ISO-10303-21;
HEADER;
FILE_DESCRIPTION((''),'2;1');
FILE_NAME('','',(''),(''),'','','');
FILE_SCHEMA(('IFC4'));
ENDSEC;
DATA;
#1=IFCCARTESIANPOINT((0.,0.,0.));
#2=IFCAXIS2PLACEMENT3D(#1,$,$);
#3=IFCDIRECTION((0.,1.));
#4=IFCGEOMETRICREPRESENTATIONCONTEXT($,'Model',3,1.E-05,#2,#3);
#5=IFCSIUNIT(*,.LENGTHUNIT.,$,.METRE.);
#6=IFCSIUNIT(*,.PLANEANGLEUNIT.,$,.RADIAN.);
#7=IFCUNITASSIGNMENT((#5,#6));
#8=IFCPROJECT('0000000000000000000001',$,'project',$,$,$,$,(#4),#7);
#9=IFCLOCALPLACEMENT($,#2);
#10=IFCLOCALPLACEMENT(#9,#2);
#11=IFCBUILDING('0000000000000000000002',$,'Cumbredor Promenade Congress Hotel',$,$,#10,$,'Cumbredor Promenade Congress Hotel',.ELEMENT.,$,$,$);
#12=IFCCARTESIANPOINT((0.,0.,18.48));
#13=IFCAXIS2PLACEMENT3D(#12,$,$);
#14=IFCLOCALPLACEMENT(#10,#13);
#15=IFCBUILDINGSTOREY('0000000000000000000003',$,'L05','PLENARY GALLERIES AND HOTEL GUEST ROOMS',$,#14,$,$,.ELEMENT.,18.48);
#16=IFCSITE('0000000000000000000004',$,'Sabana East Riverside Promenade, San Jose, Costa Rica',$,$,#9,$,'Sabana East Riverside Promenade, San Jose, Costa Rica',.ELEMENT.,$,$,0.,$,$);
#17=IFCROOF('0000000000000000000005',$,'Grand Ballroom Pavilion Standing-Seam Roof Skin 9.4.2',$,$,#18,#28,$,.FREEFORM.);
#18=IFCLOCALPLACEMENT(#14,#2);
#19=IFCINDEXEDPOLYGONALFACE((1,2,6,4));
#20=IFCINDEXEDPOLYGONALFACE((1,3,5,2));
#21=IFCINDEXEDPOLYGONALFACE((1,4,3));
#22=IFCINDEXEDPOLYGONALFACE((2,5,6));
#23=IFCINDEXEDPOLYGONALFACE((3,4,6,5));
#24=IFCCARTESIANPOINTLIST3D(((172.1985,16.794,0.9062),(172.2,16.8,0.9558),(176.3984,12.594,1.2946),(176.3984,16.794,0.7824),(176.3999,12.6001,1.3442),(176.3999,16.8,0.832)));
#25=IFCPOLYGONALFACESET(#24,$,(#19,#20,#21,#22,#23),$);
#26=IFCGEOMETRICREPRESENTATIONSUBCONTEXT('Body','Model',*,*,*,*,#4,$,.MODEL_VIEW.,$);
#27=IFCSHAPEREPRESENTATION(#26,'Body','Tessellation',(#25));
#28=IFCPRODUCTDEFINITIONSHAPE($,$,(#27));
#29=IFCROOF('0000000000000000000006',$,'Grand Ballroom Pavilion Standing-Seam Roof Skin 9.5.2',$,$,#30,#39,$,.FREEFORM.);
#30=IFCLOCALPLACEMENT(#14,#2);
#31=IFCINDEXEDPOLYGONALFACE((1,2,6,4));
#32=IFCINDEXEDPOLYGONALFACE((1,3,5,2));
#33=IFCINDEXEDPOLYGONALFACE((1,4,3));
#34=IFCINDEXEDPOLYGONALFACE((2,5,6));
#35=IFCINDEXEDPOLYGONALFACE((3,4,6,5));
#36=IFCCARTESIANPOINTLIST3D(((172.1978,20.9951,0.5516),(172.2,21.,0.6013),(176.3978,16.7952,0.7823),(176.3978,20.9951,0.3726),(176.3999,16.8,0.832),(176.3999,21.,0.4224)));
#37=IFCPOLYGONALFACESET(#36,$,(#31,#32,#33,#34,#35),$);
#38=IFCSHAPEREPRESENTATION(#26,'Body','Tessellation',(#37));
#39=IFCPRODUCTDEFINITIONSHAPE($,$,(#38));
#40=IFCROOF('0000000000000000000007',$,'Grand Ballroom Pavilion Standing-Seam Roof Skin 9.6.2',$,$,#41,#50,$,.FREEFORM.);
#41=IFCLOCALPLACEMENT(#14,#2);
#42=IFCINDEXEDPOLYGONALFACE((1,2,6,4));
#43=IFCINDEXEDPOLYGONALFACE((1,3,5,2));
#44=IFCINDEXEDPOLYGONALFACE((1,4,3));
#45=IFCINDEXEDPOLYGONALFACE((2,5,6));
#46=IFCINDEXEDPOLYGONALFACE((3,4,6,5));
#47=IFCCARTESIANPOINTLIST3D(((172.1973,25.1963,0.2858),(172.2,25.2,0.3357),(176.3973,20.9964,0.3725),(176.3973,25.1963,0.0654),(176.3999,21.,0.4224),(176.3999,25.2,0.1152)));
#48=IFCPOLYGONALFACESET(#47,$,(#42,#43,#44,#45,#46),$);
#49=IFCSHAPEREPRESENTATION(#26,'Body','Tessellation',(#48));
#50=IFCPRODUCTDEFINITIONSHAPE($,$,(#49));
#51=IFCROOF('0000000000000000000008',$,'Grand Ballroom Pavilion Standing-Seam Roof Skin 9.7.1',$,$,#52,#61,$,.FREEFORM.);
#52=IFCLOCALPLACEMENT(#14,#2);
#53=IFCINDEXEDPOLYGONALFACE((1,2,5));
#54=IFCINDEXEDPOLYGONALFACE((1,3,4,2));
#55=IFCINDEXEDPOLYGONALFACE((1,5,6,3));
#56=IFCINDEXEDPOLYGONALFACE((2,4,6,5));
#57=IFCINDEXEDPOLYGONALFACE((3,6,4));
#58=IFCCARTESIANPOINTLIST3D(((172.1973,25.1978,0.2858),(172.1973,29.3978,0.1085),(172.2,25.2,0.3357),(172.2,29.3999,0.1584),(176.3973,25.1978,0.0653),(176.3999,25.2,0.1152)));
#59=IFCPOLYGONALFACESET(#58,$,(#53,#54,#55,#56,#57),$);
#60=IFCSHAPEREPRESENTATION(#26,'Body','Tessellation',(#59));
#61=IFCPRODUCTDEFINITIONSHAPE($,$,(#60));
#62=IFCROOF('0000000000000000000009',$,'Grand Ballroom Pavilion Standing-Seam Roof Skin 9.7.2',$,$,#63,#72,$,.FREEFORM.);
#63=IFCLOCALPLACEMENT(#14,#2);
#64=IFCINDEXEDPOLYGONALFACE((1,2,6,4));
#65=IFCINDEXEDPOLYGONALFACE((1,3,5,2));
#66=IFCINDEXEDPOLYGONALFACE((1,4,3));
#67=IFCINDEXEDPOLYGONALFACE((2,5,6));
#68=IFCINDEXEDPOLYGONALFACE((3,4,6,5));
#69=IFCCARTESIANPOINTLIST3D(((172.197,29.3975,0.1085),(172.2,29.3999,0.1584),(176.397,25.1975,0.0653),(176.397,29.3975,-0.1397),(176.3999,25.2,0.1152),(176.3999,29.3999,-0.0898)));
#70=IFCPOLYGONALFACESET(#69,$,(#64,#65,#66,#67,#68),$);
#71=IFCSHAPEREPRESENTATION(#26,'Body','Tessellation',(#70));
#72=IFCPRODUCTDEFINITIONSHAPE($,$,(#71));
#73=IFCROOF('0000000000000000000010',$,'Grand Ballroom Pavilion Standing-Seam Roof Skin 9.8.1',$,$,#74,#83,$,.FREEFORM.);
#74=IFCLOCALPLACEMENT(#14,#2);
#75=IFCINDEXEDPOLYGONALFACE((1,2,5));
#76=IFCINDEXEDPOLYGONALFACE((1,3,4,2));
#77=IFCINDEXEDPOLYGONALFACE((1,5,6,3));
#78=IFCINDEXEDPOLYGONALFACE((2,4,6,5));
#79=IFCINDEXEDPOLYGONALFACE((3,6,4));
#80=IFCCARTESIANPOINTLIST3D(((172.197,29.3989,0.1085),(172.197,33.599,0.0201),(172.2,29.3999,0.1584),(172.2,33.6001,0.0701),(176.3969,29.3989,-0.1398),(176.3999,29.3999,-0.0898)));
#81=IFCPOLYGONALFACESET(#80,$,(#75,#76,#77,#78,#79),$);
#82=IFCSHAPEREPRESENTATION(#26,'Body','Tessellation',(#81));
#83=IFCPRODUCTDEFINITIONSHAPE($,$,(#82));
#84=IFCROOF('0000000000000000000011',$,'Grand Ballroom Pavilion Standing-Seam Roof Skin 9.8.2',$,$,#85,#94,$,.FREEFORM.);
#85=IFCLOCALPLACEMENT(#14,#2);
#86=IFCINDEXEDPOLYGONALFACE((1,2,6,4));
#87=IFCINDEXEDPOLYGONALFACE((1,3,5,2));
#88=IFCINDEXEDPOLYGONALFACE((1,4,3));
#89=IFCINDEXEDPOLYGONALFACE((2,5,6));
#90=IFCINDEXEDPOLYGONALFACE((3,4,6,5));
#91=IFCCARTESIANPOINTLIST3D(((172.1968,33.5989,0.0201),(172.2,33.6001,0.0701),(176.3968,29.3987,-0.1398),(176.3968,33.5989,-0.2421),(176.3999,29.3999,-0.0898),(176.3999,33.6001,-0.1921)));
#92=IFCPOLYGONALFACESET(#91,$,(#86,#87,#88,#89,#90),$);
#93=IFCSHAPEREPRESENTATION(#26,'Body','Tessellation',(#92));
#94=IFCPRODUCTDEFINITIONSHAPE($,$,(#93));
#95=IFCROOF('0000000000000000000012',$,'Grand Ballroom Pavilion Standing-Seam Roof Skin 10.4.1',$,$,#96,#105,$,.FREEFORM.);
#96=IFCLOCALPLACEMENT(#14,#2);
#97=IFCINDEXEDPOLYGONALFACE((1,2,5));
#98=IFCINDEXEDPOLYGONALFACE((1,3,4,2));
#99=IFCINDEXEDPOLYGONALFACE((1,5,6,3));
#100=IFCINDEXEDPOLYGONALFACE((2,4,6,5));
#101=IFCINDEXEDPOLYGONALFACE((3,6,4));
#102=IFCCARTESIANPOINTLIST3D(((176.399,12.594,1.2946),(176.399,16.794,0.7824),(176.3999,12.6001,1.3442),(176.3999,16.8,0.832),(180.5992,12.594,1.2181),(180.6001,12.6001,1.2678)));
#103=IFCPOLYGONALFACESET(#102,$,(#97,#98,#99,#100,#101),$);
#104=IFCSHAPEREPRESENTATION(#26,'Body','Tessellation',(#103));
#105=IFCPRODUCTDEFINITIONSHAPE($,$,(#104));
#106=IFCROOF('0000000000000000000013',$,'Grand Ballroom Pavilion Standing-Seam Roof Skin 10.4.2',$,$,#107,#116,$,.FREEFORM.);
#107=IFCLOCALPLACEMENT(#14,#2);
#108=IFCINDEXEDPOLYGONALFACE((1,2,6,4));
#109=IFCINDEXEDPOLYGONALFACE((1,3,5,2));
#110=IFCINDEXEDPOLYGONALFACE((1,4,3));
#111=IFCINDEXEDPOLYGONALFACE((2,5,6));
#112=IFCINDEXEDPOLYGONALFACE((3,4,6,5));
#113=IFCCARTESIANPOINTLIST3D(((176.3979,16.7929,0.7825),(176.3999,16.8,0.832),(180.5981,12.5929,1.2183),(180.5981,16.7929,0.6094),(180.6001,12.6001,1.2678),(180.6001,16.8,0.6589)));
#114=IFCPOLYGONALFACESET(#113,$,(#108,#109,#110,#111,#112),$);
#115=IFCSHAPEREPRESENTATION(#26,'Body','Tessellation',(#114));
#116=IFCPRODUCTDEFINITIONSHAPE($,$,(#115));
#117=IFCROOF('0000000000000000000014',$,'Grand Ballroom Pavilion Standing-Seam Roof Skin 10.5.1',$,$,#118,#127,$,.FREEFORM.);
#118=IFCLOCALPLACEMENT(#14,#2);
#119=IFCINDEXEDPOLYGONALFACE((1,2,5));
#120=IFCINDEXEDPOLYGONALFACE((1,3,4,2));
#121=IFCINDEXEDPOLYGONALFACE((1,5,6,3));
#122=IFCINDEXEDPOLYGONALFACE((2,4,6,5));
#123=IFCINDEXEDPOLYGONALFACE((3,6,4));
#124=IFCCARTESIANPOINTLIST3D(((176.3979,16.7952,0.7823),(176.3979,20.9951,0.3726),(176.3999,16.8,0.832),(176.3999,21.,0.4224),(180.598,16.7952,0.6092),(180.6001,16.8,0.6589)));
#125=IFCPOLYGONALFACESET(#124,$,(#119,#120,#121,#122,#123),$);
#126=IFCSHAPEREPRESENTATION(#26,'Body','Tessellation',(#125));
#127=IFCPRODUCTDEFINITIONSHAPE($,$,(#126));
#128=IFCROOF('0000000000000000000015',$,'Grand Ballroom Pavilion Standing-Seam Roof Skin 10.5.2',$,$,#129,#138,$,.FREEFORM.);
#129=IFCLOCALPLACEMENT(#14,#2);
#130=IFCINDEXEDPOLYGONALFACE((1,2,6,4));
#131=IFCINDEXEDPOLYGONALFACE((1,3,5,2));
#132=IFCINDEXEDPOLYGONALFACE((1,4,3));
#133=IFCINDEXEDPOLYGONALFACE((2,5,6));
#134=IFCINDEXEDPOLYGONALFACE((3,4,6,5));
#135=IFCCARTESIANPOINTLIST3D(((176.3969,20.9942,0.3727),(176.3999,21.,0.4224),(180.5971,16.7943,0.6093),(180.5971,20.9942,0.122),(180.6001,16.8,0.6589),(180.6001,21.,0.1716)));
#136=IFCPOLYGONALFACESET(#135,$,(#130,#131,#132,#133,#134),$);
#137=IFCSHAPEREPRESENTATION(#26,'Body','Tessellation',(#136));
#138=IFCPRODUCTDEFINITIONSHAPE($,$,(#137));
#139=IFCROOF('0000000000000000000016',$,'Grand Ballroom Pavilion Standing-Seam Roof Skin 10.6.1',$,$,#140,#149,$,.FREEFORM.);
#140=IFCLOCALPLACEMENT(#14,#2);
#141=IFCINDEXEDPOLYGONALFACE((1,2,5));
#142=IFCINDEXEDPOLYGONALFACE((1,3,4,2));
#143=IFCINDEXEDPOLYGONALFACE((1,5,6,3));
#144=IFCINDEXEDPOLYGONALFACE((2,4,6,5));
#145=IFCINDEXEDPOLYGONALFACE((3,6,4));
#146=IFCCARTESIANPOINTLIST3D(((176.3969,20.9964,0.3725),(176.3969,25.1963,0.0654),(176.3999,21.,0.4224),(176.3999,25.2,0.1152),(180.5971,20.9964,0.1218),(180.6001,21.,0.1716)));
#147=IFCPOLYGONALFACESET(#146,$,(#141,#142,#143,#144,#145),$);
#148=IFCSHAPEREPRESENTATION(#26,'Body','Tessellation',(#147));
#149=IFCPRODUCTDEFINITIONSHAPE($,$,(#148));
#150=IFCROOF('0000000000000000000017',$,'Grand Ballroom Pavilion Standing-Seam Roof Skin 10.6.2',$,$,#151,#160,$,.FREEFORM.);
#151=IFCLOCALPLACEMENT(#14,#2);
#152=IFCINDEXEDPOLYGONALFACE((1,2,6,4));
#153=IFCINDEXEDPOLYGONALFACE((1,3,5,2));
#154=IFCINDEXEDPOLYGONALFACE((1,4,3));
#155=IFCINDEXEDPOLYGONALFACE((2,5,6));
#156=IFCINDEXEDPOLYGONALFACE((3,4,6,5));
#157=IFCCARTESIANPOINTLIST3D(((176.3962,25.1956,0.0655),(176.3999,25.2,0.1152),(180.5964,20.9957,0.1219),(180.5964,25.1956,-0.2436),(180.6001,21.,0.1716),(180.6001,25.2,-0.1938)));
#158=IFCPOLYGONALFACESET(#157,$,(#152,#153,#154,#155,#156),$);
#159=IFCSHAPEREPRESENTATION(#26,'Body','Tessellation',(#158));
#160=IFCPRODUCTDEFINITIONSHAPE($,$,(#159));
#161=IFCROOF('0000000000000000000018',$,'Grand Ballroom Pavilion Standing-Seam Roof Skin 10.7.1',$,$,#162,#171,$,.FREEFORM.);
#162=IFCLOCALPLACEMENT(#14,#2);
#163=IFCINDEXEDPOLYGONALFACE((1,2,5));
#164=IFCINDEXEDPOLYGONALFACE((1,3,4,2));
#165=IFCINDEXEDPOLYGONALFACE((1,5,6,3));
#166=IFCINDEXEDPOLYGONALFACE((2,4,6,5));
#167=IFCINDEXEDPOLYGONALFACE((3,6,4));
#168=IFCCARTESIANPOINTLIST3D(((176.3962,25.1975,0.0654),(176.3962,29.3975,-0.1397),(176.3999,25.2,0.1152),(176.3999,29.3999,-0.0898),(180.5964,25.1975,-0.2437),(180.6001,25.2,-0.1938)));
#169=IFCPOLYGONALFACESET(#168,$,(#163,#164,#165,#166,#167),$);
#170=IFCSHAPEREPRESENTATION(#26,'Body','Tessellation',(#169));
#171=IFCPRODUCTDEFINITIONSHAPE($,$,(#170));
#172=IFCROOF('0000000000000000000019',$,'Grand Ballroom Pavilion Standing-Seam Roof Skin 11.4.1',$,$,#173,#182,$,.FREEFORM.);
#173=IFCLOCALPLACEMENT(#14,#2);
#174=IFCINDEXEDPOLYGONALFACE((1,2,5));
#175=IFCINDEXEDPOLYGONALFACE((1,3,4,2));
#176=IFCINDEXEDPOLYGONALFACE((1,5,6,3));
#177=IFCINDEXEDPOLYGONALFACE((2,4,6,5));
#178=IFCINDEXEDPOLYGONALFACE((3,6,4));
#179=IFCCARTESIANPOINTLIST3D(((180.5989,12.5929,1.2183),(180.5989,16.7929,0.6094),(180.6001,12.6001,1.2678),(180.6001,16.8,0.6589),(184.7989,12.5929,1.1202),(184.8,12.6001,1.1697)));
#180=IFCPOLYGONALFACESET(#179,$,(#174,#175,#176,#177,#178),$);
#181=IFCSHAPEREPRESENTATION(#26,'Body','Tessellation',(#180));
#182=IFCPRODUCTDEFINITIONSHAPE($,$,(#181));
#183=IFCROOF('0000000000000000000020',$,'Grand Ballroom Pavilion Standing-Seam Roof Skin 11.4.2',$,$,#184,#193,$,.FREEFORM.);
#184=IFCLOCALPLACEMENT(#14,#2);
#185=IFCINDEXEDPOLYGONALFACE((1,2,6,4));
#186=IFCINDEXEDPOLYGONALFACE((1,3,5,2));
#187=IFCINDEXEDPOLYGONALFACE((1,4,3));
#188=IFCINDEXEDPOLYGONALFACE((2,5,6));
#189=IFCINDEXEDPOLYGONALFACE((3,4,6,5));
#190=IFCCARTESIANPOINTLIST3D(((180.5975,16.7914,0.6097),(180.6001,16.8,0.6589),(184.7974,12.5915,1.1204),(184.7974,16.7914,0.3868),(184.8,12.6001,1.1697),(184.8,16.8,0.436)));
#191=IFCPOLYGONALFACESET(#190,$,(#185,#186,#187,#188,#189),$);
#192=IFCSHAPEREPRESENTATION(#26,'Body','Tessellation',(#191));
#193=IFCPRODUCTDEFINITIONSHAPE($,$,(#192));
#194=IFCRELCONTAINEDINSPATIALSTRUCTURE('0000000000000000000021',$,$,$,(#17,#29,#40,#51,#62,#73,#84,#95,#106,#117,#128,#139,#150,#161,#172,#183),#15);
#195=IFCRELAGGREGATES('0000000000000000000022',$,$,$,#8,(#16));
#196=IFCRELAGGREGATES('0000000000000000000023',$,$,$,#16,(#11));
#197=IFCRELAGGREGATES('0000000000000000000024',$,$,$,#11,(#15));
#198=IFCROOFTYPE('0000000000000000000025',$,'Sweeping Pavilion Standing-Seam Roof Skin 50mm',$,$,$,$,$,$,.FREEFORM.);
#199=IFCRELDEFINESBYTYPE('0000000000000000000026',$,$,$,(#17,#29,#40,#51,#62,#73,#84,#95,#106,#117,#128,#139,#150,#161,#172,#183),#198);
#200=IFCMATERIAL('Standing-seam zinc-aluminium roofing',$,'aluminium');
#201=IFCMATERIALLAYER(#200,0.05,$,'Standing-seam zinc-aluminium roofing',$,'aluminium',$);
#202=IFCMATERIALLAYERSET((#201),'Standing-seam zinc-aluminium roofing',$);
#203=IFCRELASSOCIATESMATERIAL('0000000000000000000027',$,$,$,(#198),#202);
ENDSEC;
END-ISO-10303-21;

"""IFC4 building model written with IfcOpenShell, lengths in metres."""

from ifc_helpers import new_model, si_unit, direction, frame, origin, place, context, subcontext, project, spatial, polyline, outline, extrude, material, layer, layer_set, type_object, element, save


model = new_model("IFC4")

# Units and contexts
model_context = context("Model", 3, precision=1e-05, world=origin(), true_north=direction((0.0, 1.0)))
body_context = subcontext(model_context, "Body", "Model", "MODEL_VIEW")
ifc_project = project(units=[si_unit("LENGTHUNIT", "METRE"), si_unit("PLANEANGLEUNIT", "RADIAN")], contexts=[model_context])

# Site, building, storey
site_placement = place(None, origin())
site = spatial("IfcSite", under=ifc_project, at=site_placement, Name="Sabana East Riverside Promenade, San Jose, Costa Rica", LongName="Sabana East Riverside Promenade, San Jose, Costa Rica", CompositionType="ELEMENT", RefElevation=0.0)
building_placement = place(site_placement, origin())
building = spatial("IfcBuilding", under=site, at=building_placement, Name="Cumbredor Promenade Congress Hotel", LongName="Cumbredor Promenade Congress Hotel", CompositionType="ELEMENT")
storey_placement = place(building_placement, frame((0.0, 0.0, 18.48)))
storey = spatial("IfcBuildingStorey", under=building, at=storey_placement, Name="L05", Description="PLENARY GALLERIES AND HOTEL GUEST ROOMS", CompositionType="ELEMENT", Elevation=18.48)

# Roofs
ifc_material_1 = material(Name="Standing-seam zinc-aluminium roofing", Category="aluminium")
ifc_layer_1 = layer(ifc_material_1, 0.05, Name="Standing-seam zinc-aluminium roofing", Category="aluminium")
ifc_layer_set_1 = layer_set([ifc_layer_1], Name="Standing-seam zinc-aluminium roofing")
roof_type = type_object("IfcRoofType", Name="Sweeping Pavilion Standing-Seam Roof Skin 50mm", PredefinedType="FREEFORM", material=ifc_layer_set_1)
roof_1_placement = place(storey_placement, frame((176.3999, 12.6001, 1.3442), z_axis=(0.029242, 0.121007, 0.992221), x_axis=(0.0, 0.992645, -0.121059)))
element("IfcRoof", 1, at=roof_1_placement, inside=storey, type_object=roof_type, Name="Grand Ballroom Pavilion Standing-Seam Roof Skin 9.4.2", PredefinedType="FREEFORM", context=body_context, shape_type="SweptSolid", body=[
    extrude(outline(polyline([(0.0, 0.0), (4.2311, 0.0), (4.2161, 4.2017), (0.0, 0.0)])), origin(), (0.0, 0.0, -1.0), 0.05),
])
roof_2_placement = place(storey_placement, frame((176.3999, 16.8, 0.832), z_axis=(0.04237, 0.096993, 0.994383), x_axis=(0.0, 0.995277, -0.09708)))
element("IfcRoof", 2, at=roof_2_placement, inside=storey, type_object=roof_type, Name="Grand Ballroom Pavilion Standing-Seam Roof Skin 9.5.2", PredefinedType="FREEFORM", context=body_context, shape_type="SweptSolid", body=[
    extrude(outline(polyline([(0.0, 0.0), (4.2199, 0.0), (4.2025, 4.2037), (0.0, 0.0)])), origin(), (0.0, 0.0, -1.0), 0.05),
])
roof_3_placement = place(storey_placement, frame((176.3999, 21.0, 0.4224), z_axis=(0.052279, 0.072832, 0.995973), x_axis=(0.0, 0.997337, -0.072932)))
element("IfcRoof", 3, at=roof_3_placement, inside=storey, type_object=roof_type, Name="Grand Ballroom Pavilion Standing-Seam Roof Skin 9.6.2", PredefinedType="FREEFORM", context=body_context, shape_type="SweptSolid", body=[
    extrude(outline(polyline([(0.0, 0.0), (4.2112, 0.0), (4.1951, 4.2057), (0.0, 0.0)])), origin(), (0.0, 0.0, -1.0), 0.05),
])
roof_4_placement = place(storey_placement, frame((172.2, 25.2, 0.3357), z_axis=(0.052372, 0.042107, 0.99774), x_axis=(0.998625, 0.0, -0.052419)))
element("IfcRoof", 4, at=roof_4_placement, inside=storey, type_object=roof_type, Name="Grand Ballroom Pavilion Standing-Seam Roof Skin 9.7.1", PredefinedType="FREEFORM", context=body_context, shape_type="SweptSolid", body=[
    extrude(outline(polyline([(0.0, 0.0), (4.2057, 0.0), (0.0093, 4.2037), (0.0, 0.0)])), origin(), (0.0, 0.0, -1.0), 0.05),
])
roof_5_placement = place(storey_placement, frame((176.3999, 25.2, 0.1152), z_axis=(0.058945, 0.048686, 0.997073), x_axis=(0.0, 0.99881, -0.048771)))
element("IfcRoof", 5, at=roof_5_placement, inside=storey, type_object=roof_type, Name="Grand Ballroom Pavilion Standing-Seam Roof Skin 9.7.2", PredefinedType="FREEFORM", context=body_context, shape_type="SweptSolid", body=[
    extrude(outline(polyline([(0.0, 0.0), (4.205, 0.0), (4.1928, 4.2073), (0.0, 0.0)])), origin(), (0.0, 0.0, -1.0), 0.05),
])
roof_6_placement = place(storey_placement, frame((172.2, 29.3999, 0.1584), z_axis=(0.059002, 0.021, 0.998037), x_axis=(0.998257, 0.0, -0.059015)))
element("IfcRoof", 6, at=roof_6_placement, inside=storey, type_object=roof_type, Name="Grand Ballroom Pavilion Standing-Seam Roof Skin 9.8.1", PredefinedType="FREEFORM", context=body_context, shape_type="SweptSolid", body=[
    extrude(outline(polyline([(0.0, 0.0), (4.2073, 0.0), (0.0052, 4.2011), (0.0, 0.0)])), origin(), (0.0, 0.0, -1.0), 0.05),
])
roof_7_placement = place(storey_placement, frame((176.3999, 29.3999, -0.0898), z_axis=(0.062291, 0.0243, 0.997762), x_axis=(0.0, 0.999704, -0.024348)))
element("IfcRoof", 7, at=roof_7_placement, inside=storey, type_object=roof_type, Name="Grand Ballroom Pavilion Standing-Seam Roof Skin 9.8.2", PredefinedType="FREEFORM", context=body_context, shape_type="SweptSolid", body=[
    extrude(outline(polyline([(0.0, 0.0), (4.2014, 0.0), (4.1951, 4.2081), (0.0, 0.0)])), origin(), (0.0, 0.0, -1.0), 0.05),
])
roof_8_placement = place(storey_placement, frame((176.3999, 12.6001, 1.3442), z_axis=(0.018057, 0.121039, 0.992484), x_axis=(0.999835, 0.0, -0.01819)))
element("IfcRoof", 8, at=roof_8_placement, inside=storey, type_object=roof_type, Name="Grand Ballroom Pavilion Standing-Seam Roof Skin 10.4.1", PredefinedType="FREEFORM", context=body_context, shape_type="SweptSolid", body=[
    extrude(outline(polyline([(0.0, 0.0), (4.2009, 0.0), (0.0093, 4.2311), (0.0, 0.0)])), origin(), (0.0, 0.0, -1.0), 0.05),
])
roof_9_placement = place(storey_placement, frame((180.6001, 12.6001, 1.2678), z_axis=(0.040751, 0.143356, 0.988832), x_axis=(0.0, 0.989654, -0.143475)))
element("IfcRoof", 9, at=roof_9_placement, inside=storey, type_object=roof_type, Name="Grand Ballroom Pavilion Standing-Seam Roof Skin 10.4.2", PredefinedType="FREEFORM", context=body_context, shape_type="SweptSolid", body=[
    extrude(outline(polyline([(0.0, 0.0), (4.2439, 0.0), (4.219, 4.2037), (0.0, 0.0)])), origin(), (0.0, 0.0, -1.0), 0.05),
])
roof_10_placement = place(storey_placement, frame((176.3999, 16.8, 0.832), z_axis=(0.040982, 0.096999, 0.99444), x_axis=(0.999152, 0.0, -0.041176)))
element("IfcRoof", 10, at=roof_10_placement, inside=storey, type_object=roof_type, Name="Grand Ballroom Pavilion Standing-Seam Roof Skin 10.5.1", PredefinedType="FREEFORM", context=body_context, shape_type="SweptSolid", body=[
    extrude(outline(polyline([(0.0, 0.0), (4.2038, 0.0), (0.0169, 4.2198), (0.0, 0.0)])), origin(), (0.0, 0.0, -1.0), 0.05),
])
roof_11_placement = place(storey_placement, frame((180.6001, 16.8, 0.6589), z_axis=(0.059194, 0.115051, 0.991594), x_axis=(0.0, 0.993336, -0.115253)))
element("IfcRoof", 11, at=roof_11_placement, inside=storey, type_object=roof_type, Name="Grand Ballroom Pavilion Standing-Seam Roof Skin 10.5.2", PredefinedType="FREEFORM", context=body_context, shape_type="SweptSolid", body=[
    extrude(outline(polyline([(0.0, 0.0), (4.2281, 0.0), (4.1992, 4.2076), (0.0, 0.0)])), origin(), (0.0, 0.0, -1.0), 0.05),
])
roof_12_placement = place(storey_placement, frame((176.3999, 21.0, 0.4224), z_axis=(0.059431, 0.072803, 0.995574), x_axis=(0.998223, 0.0, -0.059589)))
element("IfcRoof", 12, at=roof_12_placement, inside=storey, type_object=roof_type, Name="Grand Ballroom Pavilion Standing-Seam Roof Skin 10.6.1", PredefinedType="FREEFORM", context=body_context, shape_type="SweptSolid", body=[
    extrude(outline(polyline([(0.0, 0.0), (4.2077, 0.0), (0.0183, 4.2111), (0.0, 0.0)])), origin(), (0.0, 0.0, -1.0), 0.05),
])
roof_13_placement = place(storey_placement, frame((180.6001, 21.0, 0.1716), z_axis=(0.073114, 0.08646, 0.993569), x_axis=(0.0, 0.996235, -0.086692)))
element("IfcRoof", 13, at=roof_13_placement, inside=storey, type_object=roof_type, Name="Grand Ballroom Pavilion Standing-Seam Roof Skin 10.6.2", PredefinedType="FREEFORM", context=body_context, shape_type="SweptSolid", body=[
    extrude(outline(polyline([(0.0, 0.0), (4.2158, 0.0), (4.189, 4.2115), (0.0, 0.0)])), origin(), (0.0, 0.0, -1.0), 0.05),
])
roof_14_placement = place(storey_placement, frame((176.3999, 25.2, 0.1152), z_axis=(0.073302, 0.048639, 0.996123), x_axis=(0.997303, 0.0, -0.073389)))
element("IfcRoof", 14, at=roof_14_placement, inside=storey, type_object=roof_type, Name="Grand Ballroom Pavilion Standing-Seam Roof Skin 10.7.1", PredefinedType="FREEFORM", context=body_context, shape_type="SweptSolid", body=[
    extrude(outline(polyline([(0.0, 0.0), (4.2116, 0.0), (0.0151, 4.2049), (0.0, 0.0)])), origin(), (0.0, 0.0, -1.0), 0.05),
])
roof_15_placement = place(storey_placement, frame((180.6001, 12.6001, 1.2678), z_axis=(0.02312, 0.143436, 0.989389), x_axis=(0.999727, 0.0, -0.023362)))
element("IfcRoof", 15, at=roof_15_placement, inside=storey, type_object=roof_type, Name="Grand Ballroom Pavilion Standing-Seam Roof Skin 11.4.1", PredefinedType="FREEFORM", context=body_context, shape_type="SweptSolid", body=[
    extrude(outline(polyline([(0.0, 0.0), (4.2011, 0.0), (0.0142, 4.2438), (0.0, 0.0)])), origin(), (0.0, 0.0, -1.0), 0.05),
])
roof_16_placement = place(storey_placement, frame((184.8, 12.6001, 1.1697), z_axis=(0.052209, 0.171839, 0.983741), x_axis=(0.0, 0.985084, -0.172073)))
element("IfcRoof", 16, at=roof_16_placement, inside=storey, type_object=roof_type, Name="Grand Ballroom Pavilion Standing-Seam Roof Skin 11.4.2", PredefinedType="FREEFORM", context=body_context, shape_type="SweptSolid", body=[
    extrude(outline(polyline([(0.0, 0.0), (4.2635, 0.0), (4.2252, 4.2057), (0.0, 0.0)])), origin(), (0.0, 0.0, -1.0), 0.05),
])

save(model, "model.ifc")
